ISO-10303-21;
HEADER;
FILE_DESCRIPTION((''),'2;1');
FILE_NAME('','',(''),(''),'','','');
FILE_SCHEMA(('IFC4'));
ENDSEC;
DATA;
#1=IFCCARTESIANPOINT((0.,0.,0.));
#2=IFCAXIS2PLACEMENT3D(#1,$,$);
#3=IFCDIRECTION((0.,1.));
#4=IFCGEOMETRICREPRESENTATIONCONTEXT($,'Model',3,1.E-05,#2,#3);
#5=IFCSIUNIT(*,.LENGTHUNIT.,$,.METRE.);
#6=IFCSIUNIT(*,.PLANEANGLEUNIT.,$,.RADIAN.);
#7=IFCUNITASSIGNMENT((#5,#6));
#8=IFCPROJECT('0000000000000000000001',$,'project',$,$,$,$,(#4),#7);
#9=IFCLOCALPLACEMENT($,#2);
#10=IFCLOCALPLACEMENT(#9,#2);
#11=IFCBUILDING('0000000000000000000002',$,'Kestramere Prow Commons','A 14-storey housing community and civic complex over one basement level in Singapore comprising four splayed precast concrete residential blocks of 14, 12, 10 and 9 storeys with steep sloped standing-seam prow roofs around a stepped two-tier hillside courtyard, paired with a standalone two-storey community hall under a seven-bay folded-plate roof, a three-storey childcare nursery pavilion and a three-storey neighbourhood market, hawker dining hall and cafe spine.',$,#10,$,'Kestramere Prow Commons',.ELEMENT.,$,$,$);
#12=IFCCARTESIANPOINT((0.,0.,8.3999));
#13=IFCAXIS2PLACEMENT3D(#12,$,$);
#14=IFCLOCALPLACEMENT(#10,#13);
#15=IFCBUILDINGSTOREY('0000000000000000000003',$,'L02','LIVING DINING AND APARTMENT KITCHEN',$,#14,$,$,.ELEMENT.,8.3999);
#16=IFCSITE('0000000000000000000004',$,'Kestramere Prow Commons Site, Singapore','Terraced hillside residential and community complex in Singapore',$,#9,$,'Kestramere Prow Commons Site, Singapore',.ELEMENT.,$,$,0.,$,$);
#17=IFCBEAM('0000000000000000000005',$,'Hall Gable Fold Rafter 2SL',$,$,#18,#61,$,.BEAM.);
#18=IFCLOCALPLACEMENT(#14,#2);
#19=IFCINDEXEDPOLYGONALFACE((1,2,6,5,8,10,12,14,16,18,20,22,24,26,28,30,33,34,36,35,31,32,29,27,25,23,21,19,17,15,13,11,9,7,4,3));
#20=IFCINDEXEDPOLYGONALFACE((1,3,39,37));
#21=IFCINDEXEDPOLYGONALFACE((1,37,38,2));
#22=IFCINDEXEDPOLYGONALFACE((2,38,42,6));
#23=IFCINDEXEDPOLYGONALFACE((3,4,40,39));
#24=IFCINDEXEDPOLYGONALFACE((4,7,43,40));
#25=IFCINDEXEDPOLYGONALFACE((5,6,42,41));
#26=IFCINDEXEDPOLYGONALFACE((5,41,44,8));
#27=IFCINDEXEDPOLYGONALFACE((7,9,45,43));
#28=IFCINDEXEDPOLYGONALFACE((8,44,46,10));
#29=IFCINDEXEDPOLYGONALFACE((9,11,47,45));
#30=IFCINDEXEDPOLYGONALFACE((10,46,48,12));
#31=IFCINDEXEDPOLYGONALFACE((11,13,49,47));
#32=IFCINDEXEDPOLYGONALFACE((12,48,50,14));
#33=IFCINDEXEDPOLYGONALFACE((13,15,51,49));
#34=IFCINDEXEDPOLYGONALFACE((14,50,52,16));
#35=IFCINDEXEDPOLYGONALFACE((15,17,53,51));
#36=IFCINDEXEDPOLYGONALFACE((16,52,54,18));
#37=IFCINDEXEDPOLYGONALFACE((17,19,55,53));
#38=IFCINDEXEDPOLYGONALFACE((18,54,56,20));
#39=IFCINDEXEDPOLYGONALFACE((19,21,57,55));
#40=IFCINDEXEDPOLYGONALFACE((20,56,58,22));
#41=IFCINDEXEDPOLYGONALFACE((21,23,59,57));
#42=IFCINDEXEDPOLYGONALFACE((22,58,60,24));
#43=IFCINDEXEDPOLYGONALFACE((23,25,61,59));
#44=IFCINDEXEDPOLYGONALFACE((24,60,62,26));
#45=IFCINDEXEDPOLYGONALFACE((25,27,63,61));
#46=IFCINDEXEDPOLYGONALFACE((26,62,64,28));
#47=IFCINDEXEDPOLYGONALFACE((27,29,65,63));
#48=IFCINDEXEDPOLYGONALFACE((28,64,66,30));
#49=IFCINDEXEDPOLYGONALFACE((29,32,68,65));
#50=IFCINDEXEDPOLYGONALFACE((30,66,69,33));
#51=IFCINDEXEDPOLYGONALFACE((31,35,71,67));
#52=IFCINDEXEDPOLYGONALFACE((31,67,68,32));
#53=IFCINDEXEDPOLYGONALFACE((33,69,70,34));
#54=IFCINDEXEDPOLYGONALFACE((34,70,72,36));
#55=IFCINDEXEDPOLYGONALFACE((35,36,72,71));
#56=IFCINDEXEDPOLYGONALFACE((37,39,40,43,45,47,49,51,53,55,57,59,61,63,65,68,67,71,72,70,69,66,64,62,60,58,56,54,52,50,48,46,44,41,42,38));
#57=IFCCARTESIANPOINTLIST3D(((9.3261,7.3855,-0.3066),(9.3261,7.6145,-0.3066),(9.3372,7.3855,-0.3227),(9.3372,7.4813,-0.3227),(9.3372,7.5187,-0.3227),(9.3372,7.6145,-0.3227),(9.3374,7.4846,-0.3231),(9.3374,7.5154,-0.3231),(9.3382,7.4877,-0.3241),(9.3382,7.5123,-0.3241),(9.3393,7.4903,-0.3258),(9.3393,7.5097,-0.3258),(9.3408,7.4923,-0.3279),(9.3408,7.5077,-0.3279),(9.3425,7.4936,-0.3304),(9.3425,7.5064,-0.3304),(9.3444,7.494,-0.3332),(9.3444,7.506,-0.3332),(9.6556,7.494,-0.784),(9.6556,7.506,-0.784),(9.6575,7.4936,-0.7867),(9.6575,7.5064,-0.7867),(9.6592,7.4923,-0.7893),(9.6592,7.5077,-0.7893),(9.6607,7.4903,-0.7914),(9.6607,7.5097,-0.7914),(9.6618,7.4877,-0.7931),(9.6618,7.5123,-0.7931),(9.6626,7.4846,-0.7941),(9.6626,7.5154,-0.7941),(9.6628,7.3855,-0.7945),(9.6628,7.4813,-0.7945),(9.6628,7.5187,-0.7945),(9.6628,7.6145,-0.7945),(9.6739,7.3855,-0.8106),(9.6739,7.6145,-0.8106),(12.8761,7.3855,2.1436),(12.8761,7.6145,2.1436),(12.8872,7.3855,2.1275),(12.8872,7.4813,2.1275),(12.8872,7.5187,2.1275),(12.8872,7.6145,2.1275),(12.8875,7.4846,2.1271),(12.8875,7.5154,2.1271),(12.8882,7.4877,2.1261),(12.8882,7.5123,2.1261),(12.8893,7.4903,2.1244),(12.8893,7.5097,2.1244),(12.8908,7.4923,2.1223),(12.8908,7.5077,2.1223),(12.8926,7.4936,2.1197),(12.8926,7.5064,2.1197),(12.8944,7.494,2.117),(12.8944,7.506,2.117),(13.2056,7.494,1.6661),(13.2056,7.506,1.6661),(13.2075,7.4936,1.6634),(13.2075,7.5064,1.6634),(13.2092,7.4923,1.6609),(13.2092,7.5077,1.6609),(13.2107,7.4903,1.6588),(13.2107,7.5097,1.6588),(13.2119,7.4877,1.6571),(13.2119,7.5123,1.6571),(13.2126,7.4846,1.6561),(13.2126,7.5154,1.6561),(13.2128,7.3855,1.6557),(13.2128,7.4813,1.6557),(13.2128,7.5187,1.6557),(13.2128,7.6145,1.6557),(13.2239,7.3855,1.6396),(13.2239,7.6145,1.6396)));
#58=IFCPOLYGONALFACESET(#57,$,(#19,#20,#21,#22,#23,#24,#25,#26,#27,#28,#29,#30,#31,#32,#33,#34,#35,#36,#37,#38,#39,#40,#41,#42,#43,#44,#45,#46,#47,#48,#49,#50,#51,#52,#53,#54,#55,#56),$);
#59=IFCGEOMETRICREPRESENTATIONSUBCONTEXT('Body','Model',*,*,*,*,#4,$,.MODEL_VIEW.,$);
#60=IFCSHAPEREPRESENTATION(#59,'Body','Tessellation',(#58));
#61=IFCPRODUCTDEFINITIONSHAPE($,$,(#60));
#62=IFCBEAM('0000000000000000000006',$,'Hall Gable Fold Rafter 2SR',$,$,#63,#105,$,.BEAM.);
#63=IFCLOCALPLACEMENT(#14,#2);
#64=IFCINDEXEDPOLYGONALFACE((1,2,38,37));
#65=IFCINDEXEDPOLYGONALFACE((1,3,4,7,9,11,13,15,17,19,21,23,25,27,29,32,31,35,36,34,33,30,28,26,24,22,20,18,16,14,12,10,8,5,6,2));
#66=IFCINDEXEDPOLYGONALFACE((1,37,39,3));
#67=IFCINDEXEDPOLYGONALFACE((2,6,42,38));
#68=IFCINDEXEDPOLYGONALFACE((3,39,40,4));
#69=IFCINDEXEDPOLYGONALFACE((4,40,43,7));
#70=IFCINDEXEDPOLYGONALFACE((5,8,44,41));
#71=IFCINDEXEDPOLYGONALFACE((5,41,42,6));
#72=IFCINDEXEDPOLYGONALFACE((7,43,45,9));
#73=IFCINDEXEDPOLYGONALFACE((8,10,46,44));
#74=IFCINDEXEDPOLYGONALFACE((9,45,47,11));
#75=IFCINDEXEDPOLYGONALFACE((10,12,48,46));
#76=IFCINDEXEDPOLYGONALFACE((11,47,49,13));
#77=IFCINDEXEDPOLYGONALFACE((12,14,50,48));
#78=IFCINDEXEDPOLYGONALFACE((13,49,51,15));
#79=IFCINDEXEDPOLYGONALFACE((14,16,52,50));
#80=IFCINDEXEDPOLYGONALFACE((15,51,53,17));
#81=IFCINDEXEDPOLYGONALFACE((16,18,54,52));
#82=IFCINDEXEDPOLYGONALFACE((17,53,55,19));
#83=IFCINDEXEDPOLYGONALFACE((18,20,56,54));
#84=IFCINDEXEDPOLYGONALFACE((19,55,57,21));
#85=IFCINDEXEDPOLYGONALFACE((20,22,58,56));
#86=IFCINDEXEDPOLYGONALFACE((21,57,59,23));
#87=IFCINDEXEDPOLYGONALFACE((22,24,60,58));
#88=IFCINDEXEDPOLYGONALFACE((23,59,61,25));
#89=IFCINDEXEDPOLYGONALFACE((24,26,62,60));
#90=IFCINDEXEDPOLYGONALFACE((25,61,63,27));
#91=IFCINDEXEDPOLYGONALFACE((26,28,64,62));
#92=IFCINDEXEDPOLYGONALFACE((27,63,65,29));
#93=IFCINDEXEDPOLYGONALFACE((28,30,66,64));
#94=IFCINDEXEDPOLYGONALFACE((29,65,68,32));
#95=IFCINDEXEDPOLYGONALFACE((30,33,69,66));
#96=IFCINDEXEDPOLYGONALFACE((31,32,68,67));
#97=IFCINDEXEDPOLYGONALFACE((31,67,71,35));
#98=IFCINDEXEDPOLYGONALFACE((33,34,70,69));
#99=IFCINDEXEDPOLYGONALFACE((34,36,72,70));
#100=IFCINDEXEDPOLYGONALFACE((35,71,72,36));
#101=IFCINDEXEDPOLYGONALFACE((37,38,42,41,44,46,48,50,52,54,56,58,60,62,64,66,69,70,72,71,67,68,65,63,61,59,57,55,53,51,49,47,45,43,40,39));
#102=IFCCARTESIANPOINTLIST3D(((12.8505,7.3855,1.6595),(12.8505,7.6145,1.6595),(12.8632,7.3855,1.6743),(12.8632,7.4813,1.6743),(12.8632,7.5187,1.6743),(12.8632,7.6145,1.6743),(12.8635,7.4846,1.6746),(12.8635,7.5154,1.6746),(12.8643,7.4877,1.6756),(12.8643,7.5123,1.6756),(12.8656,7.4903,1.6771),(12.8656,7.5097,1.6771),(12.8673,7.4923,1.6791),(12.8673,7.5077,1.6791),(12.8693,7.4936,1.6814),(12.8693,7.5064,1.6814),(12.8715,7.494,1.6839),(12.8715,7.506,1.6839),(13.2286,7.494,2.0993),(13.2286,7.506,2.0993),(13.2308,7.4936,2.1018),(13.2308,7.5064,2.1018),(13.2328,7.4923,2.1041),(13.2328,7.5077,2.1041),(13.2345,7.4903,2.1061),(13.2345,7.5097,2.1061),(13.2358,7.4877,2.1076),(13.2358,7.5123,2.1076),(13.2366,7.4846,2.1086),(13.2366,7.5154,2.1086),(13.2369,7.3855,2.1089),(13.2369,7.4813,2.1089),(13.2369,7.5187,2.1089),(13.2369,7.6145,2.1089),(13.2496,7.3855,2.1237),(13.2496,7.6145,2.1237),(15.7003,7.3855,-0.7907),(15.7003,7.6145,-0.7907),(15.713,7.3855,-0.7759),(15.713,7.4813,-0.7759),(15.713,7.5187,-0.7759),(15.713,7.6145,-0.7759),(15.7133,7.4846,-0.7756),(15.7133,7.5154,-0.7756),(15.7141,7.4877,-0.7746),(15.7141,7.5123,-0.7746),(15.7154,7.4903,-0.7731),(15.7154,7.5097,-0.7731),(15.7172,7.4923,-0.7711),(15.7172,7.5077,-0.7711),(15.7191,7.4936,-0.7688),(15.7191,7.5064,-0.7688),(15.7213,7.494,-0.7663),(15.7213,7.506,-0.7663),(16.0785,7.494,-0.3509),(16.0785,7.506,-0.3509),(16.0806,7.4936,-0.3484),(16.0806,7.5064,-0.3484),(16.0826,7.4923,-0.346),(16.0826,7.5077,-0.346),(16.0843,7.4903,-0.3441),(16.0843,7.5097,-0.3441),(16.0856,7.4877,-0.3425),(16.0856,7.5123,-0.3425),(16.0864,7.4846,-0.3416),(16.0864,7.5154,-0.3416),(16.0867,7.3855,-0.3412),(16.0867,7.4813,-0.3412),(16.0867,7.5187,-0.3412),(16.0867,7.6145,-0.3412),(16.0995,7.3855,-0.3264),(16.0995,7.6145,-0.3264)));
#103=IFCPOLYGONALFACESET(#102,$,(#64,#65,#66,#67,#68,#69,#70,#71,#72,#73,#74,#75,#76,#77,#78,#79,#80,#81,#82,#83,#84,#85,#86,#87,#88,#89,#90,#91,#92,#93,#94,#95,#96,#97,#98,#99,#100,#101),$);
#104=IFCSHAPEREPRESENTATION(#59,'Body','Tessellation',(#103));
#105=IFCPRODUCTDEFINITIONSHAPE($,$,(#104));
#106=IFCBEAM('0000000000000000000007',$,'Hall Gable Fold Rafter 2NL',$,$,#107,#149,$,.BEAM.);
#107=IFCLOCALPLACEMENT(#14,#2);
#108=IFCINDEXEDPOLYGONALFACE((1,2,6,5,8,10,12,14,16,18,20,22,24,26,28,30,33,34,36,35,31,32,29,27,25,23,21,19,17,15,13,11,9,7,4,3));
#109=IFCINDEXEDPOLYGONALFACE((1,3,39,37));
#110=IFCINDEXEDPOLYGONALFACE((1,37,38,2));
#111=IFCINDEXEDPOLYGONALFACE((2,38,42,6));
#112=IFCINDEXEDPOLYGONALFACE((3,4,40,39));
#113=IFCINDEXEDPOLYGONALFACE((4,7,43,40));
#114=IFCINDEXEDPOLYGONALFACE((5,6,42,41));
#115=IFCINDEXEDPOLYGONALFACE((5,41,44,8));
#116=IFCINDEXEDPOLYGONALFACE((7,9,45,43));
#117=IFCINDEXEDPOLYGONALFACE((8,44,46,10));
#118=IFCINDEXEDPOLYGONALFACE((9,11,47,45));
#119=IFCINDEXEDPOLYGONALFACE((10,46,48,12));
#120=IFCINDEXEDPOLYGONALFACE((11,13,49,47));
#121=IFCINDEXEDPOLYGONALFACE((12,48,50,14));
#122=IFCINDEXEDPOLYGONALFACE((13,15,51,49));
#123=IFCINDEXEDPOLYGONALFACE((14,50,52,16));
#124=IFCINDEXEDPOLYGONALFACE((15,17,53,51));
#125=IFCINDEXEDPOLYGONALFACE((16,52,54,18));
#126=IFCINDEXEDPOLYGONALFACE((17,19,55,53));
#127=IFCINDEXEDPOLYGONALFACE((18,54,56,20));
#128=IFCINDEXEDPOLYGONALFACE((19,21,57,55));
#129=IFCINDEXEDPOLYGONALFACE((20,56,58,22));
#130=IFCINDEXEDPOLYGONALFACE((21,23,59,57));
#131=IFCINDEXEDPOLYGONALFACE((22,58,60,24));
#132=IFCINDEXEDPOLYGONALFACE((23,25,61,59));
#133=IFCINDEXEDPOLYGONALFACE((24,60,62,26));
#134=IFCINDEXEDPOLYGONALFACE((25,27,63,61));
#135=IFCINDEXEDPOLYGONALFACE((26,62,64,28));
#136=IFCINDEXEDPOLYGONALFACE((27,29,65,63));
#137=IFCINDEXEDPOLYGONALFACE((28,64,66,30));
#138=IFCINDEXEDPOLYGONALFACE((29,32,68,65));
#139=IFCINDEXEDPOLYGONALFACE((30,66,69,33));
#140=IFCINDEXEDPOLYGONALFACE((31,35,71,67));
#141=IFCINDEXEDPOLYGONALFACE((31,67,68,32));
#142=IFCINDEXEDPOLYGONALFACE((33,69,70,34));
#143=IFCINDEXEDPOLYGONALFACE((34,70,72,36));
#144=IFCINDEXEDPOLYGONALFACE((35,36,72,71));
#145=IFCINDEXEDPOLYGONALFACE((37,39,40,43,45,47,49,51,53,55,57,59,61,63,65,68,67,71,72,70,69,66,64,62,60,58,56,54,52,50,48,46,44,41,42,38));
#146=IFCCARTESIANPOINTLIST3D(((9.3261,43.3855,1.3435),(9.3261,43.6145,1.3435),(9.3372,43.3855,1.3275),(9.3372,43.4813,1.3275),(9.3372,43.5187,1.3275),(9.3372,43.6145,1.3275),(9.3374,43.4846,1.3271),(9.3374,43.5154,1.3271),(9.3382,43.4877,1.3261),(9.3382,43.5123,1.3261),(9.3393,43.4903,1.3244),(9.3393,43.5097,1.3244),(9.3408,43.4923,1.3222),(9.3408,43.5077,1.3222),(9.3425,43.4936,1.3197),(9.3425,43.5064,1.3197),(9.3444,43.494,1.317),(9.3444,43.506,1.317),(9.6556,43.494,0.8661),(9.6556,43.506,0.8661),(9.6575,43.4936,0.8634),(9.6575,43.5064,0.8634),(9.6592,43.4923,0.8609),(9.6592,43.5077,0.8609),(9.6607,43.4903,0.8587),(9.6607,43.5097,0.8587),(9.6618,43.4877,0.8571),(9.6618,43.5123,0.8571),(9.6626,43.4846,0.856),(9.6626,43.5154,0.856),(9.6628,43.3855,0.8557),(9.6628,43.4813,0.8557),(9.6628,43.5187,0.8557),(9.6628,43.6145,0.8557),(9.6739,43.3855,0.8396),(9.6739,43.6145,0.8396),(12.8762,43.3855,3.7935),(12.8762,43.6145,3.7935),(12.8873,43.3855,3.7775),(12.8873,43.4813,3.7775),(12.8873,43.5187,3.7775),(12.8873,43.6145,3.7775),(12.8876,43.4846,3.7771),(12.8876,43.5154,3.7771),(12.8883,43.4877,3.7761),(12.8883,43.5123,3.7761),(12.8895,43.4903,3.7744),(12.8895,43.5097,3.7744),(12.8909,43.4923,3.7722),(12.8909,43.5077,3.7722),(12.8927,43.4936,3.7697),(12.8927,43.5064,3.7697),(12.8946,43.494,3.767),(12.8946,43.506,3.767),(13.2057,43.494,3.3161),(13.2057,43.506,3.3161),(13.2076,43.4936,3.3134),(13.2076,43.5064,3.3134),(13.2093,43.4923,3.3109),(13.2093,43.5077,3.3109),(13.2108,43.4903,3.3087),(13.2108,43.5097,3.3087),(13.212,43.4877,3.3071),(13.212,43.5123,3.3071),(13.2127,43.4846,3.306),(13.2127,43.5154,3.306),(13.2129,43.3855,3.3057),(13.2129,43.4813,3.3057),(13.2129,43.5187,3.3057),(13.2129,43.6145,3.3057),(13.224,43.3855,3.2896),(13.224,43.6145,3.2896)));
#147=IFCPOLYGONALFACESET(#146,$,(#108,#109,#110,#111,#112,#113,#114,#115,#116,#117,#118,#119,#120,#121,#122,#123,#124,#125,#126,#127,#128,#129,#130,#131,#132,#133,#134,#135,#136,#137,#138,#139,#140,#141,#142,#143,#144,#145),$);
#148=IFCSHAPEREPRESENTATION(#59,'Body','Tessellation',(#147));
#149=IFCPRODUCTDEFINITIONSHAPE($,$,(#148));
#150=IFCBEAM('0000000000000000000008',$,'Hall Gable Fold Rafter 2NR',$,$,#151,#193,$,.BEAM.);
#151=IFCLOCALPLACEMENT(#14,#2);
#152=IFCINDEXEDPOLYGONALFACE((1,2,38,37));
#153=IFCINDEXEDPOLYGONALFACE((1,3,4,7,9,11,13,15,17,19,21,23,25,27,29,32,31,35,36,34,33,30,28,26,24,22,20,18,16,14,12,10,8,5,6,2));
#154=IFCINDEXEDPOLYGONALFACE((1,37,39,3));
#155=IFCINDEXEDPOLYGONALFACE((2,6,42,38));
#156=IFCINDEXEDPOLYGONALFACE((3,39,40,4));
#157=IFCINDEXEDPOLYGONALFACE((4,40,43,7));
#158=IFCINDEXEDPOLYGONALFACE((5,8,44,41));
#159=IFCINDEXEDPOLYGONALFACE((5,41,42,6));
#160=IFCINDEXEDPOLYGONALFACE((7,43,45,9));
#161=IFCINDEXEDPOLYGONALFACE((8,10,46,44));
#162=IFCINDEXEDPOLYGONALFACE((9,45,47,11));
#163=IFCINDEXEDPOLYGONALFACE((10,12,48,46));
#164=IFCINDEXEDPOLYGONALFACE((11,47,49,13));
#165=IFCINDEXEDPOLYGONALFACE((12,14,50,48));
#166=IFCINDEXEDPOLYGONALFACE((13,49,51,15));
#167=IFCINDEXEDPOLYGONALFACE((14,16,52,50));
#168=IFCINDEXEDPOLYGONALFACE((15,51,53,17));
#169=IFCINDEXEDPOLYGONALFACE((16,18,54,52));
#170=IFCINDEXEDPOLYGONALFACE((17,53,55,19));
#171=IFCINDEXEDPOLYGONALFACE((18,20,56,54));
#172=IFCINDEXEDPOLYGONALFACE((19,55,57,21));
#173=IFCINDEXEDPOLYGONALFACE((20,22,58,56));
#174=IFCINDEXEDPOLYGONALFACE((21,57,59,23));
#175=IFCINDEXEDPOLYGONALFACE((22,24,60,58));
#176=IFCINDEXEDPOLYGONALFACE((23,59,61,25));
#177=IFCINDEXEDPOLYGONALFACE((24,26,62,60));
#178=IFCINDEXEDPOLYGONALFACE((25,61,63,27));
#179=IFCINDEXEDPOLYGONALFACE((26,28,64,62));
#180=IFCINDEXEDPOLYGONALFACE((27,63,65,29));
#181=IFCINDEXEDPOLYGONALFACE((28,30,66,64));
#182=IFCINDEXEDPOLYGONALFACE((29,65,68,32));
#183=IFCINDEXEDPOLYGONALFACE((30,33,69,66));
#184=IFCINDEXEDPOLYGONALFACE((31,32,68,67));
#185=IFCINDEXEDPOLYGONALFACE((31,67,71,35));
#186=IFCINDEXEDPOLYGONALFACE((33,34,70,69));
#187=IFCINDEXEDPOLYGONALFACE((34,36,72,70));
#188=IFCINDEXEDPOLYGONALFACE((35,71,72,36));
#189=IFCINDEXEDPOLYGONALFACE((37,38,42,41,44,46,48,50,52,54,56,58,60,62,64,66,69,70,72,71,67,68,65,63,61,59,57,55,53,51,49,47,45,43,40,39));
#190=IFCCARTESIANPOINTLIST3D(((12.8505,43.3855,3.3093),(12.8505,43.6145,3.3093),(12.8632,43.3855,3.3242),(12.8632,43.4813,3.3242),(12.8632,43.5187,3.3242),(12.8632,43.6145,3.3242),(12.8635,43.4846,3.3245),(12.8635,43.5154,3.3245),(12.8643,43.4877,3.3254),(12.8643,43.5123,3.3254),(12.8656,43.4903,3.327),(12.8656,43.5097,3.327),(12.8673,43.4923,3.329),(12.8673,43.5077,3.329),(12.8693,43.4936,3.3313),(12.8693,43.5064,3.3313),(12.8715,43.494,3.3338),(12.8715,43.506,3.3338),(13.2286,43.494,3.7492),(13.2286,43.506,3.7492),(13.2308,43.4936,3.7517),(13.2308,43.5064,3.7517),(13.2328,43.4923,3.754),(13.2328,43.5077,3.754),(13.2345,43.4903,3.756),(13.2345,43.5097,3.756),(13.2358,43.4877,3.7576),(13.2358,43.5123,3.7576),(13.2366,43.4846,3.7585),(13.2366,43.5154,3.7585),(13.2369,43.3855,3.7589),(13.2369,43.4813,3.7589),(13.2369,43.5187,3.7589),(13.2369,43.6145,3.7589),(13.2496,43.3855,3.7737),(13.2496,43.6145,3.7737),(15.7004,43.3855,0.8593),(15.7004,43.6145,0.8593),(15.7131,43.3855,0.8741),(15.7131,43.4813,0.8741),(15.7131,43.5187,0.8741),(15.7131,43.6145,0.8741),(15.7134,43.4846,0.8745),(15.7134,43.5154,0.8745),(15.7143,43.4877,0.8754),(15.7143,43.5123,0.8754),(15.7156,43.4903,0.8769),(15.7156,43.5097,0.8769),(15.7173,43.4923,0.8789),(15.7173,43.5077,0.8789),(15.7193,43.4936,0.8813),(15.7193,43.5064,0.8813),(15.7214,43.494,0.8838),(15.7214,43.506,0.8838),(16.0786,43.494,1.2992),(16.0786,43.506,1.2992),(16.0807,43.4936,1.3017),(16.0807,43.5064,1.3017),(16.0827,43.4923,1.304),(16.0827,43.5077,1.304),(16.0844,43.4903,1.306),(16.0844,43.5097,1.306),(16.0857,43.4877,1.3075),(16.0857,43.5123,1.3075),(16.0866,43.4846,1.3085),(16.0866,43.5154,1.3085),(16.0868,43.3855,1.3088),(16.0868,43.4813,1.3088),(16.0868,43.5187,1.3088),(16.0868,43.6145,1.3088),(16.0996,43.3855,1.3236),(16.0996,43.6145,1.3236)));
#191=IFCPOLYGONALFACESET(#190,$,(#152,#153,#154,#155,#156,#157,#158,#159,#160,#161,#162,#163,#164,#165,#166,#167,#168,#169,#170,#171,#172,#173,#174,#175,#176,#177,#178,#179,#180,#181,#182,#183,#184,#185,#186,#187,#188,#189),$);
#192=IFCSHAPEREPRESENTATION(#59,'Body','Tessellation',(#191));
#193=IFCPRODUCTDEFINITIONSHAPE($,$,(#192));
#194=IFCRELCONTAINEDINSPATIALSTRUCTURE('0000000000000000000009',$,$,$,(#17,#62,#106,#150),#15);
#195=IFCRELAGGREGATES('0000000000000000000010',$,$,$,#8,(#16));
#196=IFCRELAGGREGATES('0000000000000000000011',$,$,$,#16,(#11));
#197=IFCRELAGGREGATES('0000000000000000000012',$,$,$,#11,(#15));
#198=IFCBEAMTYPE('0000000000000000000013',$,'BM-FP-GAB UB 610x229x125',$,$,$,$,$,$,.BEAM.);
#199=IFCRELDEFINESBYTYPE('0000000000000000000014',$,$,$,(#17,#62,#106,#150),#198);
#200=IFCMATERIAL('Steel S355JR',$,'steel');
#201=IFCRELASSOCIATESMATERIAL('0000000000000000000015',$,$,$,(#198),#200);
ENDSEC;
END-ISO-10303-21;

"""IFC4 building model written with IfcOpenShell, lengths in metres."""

from ifc_helpers import new_model, si_unit, direction, frame, origin, origin_2d, place, context, subcontext, project, spatial, i_section, extrude, material, material_profile, profile_set, type_object, element, save


model = new_model("IFC4")

# Units and contexts
model_context = context("Model", 3, precision=1e-05, world=origin(), true_north=direction((0.0, 1.0)))
body_context = subcontext(model_context, "Body", "Model", "MODEL_VIEW")
ifc_project = project(units=[si_unit("LENGTHUNIT", "METRE"), si_unit("PLANEANGLEUNIT", "RADIAN")], contexts=[model_context])

# Site, building, storey
site_placement = place(None, origin())
site = spatial("IfcSite", under=ifc_project, at=site_placement, Name="Kestramere Prow Commons Site, Singapore", Description="Terraced hillside residential and community complex in Singapore", LongName="Kestramere Prow Commons Site, Singapore", CompositionType="ELEMENT", RefElevation=0.0)
building_placement = place(site_placement, origin())
building = spatial("IfcBuilding", under=site, at=building_placement, Name="Kestramere Prow Commons", Description="A 14-storey housing community and civic complex over one basement level in Singapore comprising four splayed precast concrete residential blocks of 14, 12, 10 and 9 storeys with steep sloped standing-seam prow roofs around a stepped two-tier hillside courtyard, paired with a standalone two-storey community hall under a seven-bay folded-plate roof, a three-storey childcare nursery pavilion and a three-storey neighbourhood market, hawker dining hall and cafe spine.", LongName="Kestramere Prow Commons", CompositionType="ELEMENT")
storey_placement = place(building_placement, frame((0.0, 0.0, 8.3999)))
storey = spatial("IfcBuildingStorey", under=building, at=storey_placement, Name="L02", Description="LIVING DINING AND APARTMENT KITCHEN", CompositionType="ELEMENT", Elevation=8.3999)

# Beams
ifc_material_1 = material(Name="Steel S355JR", Category="steel")
ifc_material_profile_1 = material_profile(ifc_material_1, i_section(OverallWidth=0.229, OverallDepth=0.6123, WebThickness=0.012, FlangeThickness=0.0195, FilletRadius=0.0127, at=origin_2d()), Name="UB 610x229x125")
ifc_profile_set_1 = profile_set([ifc_material_profile_1], Name="Steel S355JR")
beam_type_1 = type_object("IfcBeamType", Name="BM-FP-GAB UB 610x229x125", PredefinedType="BEAM", material=ifc_profile_set_1)
beam_1_placement = place(storey_placement, frame((9.5, 7.5, -0.5586), z_axis=(0.823008, 0.0, 0.568029), x_axis=(0.0, 1.0, 0.0)))
element("IfcBeam", 1, at=beam_1_placement, inside=storey, type_object=beam_type_1, Name="Hall Gable Fold Rafter 2SL", PredefinedType="BEAM", context=body_context, shape_type="SweptSolid", body=[
    extrude(i_section(OverallWidth=0.229, OverallDepth=0.6123, WebThickness=0.012, FlangeThickness=0.0195, FilletRadius=0.0127, at=origin_2d()), origin(), (0.0, 0.0, 1.0), 4.3135),
])
beam_2_placement = place(storey_placement, frame((13.05, 7.5, 1.8916), z_axis=(0.758274, 0.0, -0.651935), x_axis=(0.0, 1.0, 0.0)))
element("IfcBeam", 2, at=beam_2_placement, inside=storey, type_object=beam_type_1, Name="Hall Gable Fold Rafter 2SR", PredefinedType="BEAM", context=body_context, shape_type="SweptSolid", body=[
    extrude(i_section(OverallWidth=0.229, OverallDepth=0.6123, WebThickness=0.012, FlangeThickness=0.0195, FilletRadius=0.0127, at=origin_2d()), origin(), (0.0, 0.0, 1.0), 3.7583),
])
beam_3_placement = place(storey_placement, frame((9.5, 43.5, 1.0916), z_axis=(0.823035, 0.0, 0.567991), x_axis=(0.0, 1.0, 0.0)))
element("IfcBeam", 3, at=beam_3_placement, inside=storey, type_object=beam_type_1, Name="Hall Gable Fold Rafter 2NL", PredefinedType="BEAM", context=body_context, shape_type="SweptSolid", body=[
    extrude(i_section(OverallWidth=0.229, OverallDepth=0.6123, WebThickness=0.012, FlangeThickness=0.0195, FilletRadius=0.0127, at=origin_2d()), origin(), (0.0, 0.0, 1.0), 4.3135),
])
beam_4_placement = place(storey_placement, frame((13.05, 43.5, 3.5415), z_axis=(0.758307, 0.0, -0.651898), x_axis=(0.0, 1.0, 0.0)))
element("IfcBeam", 4, at=beam_4_placement, inside=storey, type_object=beam_type_1, Name="Hall Gable Fold Rafter 2NR", PredefinedType="BEAM", context=body_context, shape_type="SweptSolid", body=[
    extrude(i_section(OverallWidth=0.229, OverallDepth=0.6123, WebThickness=0.012, FlangeThickness=0.0195, FilletRadius=0.0127, at=origin_2d()), origin(), (0.0, 0.0, 1.0), 3.7583),
])

save(model, "model.ifc")
